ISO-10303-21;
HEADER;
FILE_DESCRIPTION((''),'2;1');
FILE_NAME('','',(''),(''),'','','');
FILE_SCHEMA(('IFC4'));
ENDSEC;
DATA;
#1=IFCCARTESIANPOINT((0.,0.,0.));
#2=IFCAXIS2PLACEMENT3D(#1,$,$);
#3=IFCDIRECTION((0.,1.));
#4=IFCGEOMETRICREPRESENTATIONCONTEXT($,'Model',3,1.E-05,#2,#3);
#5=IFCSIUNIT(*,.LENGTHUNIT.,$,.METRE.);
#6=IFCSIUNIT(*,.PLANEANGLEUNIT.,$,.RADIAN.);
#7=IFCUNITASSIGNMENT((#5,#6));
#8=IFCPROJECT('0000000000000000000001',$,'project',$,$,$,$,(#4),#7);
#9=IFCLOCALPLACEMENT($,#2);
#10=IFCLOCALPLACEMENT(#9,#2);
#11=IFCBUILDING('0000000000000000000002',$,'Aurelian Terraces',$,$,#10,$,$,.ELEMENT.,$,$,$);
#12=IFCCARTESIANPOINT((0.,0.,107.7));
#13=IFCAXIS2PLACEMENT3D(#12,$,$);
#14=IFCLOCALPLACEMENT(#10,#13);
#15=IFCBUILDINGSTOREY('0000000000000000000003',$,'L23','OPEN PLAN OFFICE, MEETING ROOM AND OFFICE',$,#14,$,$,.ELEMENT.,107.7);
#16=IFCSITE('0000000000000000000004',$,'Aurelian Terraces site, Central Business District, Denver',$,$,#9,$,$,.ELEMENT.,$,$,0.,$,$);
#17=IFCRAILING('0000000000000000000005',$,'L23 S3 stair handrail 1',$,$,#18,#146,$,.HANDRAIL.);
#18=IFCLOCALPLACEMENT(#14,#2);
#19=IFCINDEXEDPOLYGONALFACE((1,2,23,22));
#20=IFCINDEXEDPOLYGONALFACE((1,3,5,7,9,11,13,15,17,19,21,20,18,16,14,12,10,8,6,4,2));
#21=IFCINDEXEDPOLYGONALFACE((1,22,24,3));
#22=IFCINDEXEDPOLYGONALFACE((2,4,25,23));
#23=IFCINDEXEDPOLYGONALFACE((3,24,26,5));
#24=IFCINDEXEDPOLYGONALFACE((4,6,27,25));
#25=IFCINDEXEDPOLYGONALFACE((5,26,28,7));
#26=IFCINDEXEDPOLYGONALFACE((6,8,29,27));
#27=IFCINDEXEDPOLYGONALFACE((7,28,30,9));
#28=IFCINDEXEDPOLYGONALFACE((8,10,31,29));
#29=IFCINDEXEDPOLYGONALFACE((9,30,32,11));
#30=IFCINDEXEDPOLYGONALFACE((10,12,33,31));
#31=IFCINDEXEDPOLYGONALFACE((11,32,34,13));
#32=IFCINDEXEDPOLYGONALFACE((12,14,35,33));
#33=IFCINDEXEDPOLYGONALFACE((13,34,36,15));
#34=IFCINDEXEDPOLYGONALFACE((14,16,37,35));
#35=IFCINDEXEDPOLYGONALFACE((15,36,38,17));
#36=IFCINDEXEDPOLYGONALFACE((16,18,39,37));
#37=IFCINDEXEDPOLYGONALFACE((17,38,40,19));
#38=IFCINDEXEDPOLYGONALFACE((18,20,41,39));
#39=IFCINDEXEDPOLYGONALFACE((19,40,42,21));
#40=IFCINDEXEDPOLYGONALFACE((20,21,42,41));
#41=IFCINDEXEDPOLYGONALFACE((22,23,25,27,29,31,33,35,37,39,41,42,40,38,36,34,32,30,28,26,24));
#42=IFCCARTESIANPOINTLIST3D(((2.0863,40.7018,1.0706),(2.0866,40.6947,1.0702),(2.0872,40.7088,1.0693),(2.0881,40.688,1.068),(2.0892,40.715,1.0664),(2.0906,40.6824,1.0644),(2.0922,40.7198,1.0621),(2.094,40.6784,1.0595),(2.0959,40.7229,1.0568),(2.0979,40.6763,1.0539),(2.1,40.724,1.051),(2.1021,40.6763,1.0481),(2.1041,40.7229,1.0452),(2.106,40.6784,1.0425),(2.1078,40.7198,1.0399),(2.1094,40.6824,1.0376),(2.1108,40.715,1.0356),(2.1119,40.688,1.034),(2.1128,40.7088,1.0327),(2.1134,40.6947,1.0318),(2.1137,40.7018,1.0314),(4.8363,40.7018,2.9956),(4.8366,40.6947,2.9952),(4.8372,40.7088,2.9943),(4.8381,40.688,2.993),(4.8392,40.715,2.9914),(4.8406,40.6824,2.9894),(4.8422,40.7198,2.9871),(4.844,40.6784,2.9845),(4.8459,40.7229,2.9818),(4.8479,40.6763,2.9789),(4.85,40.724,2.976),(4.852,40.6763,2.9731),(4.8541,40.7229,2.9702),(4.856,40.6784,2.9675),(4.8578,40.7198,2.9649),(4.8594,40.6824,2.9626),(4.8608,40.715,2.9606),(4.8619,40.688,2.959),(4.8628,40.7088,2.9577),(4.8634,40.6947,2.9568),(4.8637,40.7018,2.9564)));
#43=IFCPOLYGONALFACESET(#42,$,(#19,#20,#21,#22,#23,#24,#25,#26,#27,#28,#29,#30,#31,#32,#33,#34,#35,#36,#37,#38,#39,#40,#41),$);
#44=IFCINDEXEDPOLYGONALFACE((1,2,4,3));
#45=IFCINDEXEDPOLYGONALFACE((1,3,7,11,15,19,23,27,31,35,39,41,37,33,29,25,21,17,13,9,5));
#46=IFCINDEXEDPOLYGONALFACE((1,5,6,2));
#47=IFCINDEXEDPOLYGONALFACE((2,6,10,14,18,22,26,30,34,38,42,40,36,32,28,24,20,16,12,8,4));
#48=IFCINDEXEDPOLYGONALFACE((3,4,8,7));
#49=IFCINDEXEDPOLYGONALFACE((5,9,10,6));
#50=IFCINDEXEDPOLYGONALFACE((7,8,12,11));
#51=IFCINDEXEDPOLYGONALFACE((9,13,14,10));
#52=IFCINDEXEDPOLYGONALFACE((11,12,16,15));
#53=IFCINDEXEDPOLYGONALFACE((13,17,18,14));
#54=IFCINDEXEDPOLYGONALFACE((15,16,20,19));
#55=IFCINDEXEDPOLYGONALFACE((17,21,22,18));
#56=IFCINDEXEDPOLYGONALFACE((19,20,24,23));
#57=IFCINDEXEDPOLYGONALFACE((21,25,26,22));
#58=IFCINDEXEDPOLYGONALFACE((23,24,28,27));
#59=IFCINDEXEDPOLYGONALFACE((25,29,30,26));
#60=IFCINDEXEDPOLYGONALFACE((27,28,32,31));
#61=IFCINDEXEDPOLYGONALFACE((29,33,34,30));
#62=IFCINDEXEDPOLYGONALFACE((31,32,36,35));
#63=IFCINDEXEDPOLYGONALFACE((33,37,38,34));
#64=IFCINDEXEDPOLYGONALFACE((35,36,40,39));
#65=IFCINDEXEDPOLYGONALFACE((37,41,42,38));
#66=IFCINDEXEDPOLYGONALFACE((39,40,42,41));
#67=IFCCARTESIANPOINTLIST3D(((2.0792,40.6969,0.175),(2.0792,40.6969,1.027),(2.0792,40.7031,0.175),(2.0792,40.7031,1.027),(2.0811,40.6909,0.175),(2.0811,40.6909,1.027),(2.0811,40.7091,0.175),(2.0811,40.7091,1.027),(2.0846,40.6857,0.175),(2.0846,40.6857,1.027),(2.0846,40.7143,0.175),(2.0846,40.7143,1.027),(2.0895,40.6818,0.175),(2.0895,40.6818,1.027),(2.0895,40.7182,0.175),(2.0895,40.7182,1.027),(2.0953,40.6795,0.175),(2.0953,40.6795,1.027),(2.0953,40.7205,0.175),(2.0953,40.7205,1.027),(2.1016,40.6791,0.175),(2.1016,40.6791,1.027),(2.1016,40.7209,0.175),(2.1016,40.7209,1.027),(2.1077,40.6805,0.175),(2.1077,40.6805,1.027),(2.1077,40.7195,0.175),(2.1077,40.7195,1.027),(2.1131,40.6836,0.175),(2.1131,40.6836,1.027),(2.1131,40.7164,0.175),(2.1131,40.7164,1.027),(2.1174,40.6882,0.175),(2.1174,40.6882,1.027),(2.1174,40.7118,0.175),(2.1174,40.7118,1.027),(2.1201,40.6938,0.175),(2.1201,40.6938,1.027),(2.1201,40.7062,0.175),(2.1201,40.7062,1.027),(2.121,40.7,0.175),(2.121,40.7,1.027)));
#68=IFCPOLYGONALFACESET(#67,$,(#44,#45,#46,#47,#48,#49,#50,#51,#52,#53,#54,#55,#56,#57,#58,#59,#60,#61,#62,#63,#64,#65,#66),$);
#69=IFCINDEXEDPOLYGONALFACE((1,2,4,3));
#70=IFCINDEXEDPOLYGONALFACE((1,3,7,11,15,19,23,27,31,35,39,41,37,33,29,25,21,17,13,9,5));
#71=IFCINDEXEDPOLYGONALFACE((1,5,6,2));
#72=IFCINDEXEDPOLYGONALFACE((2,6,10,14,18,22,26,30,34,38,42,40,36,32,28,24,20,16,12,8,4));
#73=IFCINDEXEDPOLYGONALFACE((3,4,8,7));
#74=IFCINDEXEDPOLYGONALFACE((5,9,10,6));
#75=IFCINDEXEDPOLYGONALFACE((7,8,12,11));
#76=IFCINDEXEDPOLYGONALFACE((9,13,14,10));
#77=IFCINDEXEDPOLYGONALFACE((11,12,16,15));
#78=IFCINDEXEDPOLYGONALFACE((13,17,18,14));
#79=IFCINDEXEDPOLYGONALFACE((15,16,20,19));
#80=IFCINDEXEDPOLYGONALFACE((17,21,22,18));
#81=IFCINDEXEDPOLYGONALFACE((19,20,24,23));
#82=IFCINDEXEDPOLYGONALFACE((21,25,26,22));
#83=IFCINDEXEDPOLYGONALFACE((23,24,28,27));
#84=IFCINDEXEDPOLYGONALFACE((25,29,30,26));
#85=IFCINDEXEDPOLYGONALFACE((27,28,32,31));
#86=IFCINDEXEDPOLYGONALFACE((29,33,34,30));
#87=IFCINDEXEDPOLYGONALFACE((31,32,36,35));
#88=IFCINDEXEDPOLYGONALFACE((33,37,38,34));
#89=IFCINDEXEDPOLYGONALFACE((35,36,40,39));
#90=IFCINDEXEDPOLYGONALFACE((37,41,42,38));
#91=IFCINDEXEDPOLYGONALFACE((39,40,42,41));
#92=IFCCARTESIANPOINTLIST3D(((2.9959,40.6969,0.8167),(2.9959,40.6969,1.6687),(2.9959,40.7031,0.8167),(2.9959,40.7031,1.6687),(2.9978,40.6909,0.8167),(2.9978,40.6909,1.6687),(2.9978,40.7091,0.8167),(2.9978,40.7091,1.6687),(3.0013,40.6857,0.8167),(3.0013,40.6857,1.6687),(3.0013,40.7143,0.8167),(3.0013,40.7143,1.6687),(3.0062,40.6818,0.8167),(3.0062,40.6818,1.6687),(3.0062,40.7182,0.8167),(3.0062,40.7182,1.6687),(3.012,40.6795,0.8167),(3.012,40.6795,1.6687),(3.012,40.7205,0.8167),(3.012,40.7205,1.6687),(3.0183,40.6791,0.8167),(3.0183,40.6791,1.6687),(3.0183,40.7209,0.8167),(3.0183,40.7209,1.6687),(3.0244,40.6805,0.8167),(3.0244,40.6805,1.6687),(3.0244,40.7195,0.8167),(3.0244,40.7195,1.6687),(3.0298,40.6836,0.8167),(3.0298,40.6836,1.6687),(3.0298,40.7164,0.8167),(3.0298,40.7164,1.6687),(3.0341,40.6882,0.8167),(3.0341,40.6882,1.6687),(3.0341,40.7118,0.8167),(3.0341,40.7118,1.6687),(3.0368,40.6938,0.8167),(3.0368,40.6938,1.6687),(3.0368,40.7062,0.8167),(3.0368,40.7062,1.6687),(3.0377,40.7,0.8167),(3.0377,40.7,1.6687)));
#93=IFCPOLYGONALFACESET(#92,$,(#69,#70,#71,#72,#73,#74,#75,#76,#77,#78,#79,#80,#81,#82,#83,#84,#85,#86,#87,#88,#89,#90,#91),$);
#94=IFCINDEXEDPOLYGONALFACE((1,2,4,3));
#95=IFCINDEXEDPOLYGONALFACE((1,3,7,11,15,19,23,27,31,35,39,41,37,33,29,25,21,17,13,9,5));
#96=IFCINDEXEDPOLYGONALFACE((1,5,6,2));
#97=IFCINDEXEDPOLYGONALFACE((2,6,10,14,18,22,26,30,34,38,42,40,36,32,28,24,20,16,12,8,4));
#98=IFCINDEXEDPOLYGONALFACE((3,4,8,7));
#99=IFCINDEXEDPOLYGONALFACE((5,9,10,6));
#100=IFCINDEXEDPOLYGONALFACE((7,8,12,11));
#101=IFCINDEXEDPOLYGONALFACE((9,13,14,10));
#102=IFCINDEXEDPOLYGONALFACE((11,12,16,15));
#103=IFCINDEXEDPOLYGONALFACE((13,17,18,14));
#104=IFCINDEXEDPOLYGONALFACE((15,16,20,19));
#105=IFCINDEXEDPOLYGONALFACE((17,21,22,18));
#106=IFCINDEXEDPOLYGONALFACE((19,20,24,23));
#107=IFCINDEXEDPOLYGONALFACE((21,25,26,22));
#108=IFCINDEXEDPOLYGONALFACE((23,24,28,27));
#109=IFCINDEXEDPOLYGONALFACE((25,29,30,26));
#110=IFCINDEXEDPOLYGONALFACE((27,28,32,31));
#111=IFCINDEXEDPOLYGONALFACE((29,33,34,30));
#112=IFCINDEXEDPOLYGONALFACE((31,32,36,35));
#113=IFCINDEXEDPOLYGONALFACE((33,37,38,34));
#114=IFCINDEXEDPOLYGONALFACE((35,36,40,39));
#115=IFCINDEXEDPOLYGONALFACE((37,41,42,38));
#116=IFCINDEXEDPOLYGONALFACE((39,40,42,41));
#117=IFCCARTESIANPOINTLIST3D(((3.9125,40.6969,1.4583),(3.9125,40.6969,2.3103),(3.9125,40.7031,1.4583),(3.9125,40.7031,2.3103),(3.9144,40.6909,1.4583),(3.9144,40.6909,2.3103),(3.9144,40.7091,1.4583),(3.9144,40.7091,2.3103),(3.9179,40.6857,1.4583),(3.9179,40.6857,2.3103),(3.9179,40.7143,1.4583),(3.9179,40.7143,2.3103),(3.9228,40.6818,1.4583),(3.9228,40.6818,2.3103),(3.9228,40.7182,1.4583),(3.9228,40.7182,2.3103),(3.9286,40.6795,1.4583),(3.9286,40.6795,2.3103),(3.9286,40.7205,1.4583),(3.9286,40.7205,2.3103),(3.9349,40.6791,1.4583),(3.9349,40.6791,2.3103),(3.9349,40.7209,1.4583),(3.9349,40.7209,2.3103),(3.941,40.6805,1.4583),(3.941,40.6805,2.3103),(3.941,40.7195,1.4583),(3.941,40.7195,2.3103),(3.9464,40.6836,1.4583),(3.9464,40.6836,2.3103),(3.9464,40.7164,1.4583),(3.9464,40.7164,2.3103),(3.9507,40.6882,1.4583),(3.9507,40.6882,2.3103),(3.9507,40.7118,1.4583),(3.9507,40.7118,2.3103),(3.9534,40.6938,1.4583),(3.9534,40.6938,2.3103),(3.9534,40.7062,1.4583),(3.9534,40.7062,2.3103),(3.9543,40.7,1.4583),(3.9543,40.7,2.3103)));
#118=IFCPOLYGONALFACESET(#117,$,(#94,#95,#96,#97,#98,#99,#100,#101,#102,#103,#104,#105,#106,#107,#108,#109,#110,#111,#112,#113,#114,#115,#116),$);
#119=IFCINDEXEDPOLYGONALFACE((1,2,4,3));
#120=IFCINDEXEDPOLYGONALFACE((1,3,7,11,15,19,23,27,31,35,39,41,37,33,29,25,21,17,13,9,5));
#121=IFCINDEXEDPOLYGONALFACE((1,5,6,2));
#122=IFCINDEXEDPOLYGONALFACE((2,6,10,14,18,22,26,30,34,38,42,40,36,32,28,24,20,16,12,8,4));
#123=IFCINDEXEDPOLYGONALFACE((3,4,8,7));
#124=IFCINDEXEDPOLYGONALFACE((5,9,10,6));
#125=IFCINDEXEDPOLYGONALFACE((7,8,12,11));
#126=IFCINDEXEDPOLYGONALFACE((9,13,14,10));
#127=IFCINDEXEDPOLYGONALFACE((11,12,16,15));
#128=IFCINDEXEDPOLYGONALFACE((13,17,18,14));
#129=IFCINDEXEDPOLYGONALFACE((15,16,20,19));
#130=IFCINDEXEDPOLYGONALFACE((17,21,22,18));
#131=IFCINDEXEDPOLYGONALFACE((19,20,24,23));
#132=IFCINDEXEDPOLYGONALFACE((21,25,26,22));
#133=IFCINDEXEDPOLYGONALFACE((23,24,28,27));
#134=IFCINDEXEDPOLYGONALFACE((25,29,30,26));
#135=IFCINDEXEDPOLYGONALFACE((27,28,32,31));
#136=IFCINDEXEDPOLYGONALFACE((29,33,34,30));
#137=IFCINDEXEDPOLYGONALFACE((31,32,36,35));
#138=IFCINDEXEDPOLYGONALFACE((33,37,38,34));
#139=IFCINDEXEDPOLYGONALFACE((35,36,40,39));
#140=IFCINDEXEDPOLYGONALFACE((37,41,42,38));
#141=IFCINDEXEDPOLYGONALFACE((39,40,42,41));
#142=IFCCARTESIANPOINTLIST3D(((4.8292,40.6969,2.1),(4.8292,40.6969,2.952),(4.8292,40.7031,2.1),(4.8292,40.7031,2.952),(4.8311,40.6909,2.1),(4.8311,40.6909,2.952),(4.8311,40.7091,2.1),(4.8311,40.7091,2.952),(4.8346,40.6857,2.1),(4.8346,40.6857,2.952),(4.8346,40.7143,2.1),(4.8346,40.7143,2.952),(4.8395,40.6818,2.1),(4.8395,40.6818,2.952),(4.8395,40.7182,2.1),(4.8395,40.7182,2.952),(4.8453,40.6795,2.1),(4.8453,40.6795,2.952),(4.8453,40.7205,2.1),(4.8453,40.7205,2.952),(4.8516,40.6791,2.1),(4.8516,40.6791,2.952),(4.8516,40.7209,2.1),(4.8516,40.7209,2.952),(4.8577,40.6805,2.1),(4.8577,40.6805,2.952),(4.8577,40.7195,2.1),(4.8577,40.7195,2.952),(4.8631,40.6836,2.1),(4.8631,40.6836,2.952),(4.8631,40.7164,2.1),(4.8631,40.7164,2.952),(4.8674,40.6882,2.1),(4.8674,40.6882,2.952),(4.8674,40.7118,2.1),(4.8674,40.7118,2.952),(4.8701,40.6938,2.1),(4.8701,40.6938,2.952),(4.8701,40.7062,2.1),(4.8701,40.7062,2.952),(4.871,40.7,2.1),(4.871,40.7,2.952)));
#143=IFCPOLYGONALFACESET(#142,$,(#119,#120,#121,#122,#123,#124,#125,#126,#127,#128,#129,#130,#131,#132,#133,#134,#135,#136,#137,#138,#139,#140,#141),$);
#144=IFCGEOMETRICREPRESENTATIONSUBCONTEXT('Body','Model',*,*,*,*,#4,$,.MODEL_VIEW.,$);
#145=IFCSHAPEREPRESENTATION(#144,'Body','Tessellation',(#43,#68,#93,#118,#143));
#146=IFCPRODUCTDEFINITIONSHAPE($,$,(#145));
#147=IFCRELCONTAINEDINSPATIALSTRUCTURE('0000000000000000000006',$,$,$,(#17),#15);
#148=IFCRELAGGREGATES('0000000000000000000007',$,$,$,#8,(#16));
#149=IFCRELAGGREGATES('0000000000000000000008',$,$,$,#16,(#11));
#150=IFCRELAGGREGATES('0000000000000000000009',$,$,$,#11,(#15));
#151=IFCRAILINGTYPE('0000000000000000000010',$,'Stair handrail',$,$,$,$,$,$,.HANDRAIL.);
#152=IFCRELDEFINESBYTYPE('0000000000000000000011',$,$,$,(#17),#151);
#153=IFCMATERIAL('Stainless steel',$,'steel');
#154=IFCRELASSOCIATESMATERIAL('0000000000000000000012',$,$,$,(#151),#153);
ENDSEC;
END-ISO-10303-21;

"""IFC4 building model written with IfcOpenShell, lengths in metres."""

from ifc_helpers import new_model, si_unit, direction, frame, origin, origin_2d, place, context, subcontext, project, spatial, circle, extrude, source, transform, mapped, material, type_object, element, save


model = new_model("IFC4")

# Units and contexts
model_context = context("Model", 3, precision=1e-05, world=origin(), true_north=direction((0.0, 1.0)))
body_context = subcontext(model_context, "Body", "Model", "MODEL_VIEW")
ifc_project = project(units=[si_unit("LENGTHUNIT", "METRE"), si_unit("PLANEANGLEUNIT", "RADIAN")], contexts=[model_context])

# Site, building, storey
site_placement = place(None, origin())
site = spatial("IfcSite", under=ifc_project, at=site_placement, Name="Aurelian Terraces site, Central Business District, Denver", CompositionType="ELEMENT", RefElevation=0.0)
building_placement = place(site_placement, origin())
building = spatial("IfcBuilding", under=site, at=building_placement, Name="Aurelian Terraces", CompositionType="ELEMENT")
storey_placement = place(building_placement, frame((0.0, 0.0, 107.7)))
storey = spatial("IfcBuildingStorey", under=building, at=storey_placement, Name="L23", Description="OPEN PLAN OFFICE, MEETING ROOM AND OFFICE", CompositionType="ELEMENT", Elevation=107.7)

# Railing
ifc_material_1 = material(Name="Stainless steel", Category="steel")
railing_type_1 = type_object("IfcRailingType", Name="Stair handrail", PredefinedType="HANDRAIL", material=ifc_material_1)
shared_shape_1 = source(origin(), body_context, "Body", "SweptSolid", [
    extrude(circle(Radius=0.024, at=origin_2d()), frame((0.0, 0.0, 0.876), z_axis=(0.819232, 0.0, 0.573462), x_axis=(0.0, 1.0, 0.0)), (0.0, 0.0, 1.0), 3.3568),
    extrude(circle(Radius=0.021, at=origin_2d()), origin(), (0.0, 0.0, 1.0), 0.852),
    extrude(circle(Radius=0.021, at=origin_2d()), frame((0.9167, 0.0, 0.6417)), (0.0, 0.0, 1.0), 0.852),
    extrude(circle(Radius=0.021, at=origin_2d()), frame((1.8333, 0.0, 1.2833)), (0.0, 0.0, 1.0), 0.852),
    extrude(circle(Radius=0.021, at=origin_2d()), frame((2.75, 0.0, 1.925)), (0.0, 0.0, 1.0), 0.852),
])
railing_1_placement = place(storey_placement, frame((2.1, 40.7, 0.175)))
element("IfcRailing", 1, at=railing_1_placement, inside=storey, type_object=railing_type_1, Name="L23 S3 stair handrail 1", PredefinedType="HANDRAIL", context=body_context, shape_type="MappedRepresentation", body=[
    mapped(shared_shape_1, transform((0.0, 0.0, 0.0), scale=1.0)),
])

save(model, "model.ifc")
